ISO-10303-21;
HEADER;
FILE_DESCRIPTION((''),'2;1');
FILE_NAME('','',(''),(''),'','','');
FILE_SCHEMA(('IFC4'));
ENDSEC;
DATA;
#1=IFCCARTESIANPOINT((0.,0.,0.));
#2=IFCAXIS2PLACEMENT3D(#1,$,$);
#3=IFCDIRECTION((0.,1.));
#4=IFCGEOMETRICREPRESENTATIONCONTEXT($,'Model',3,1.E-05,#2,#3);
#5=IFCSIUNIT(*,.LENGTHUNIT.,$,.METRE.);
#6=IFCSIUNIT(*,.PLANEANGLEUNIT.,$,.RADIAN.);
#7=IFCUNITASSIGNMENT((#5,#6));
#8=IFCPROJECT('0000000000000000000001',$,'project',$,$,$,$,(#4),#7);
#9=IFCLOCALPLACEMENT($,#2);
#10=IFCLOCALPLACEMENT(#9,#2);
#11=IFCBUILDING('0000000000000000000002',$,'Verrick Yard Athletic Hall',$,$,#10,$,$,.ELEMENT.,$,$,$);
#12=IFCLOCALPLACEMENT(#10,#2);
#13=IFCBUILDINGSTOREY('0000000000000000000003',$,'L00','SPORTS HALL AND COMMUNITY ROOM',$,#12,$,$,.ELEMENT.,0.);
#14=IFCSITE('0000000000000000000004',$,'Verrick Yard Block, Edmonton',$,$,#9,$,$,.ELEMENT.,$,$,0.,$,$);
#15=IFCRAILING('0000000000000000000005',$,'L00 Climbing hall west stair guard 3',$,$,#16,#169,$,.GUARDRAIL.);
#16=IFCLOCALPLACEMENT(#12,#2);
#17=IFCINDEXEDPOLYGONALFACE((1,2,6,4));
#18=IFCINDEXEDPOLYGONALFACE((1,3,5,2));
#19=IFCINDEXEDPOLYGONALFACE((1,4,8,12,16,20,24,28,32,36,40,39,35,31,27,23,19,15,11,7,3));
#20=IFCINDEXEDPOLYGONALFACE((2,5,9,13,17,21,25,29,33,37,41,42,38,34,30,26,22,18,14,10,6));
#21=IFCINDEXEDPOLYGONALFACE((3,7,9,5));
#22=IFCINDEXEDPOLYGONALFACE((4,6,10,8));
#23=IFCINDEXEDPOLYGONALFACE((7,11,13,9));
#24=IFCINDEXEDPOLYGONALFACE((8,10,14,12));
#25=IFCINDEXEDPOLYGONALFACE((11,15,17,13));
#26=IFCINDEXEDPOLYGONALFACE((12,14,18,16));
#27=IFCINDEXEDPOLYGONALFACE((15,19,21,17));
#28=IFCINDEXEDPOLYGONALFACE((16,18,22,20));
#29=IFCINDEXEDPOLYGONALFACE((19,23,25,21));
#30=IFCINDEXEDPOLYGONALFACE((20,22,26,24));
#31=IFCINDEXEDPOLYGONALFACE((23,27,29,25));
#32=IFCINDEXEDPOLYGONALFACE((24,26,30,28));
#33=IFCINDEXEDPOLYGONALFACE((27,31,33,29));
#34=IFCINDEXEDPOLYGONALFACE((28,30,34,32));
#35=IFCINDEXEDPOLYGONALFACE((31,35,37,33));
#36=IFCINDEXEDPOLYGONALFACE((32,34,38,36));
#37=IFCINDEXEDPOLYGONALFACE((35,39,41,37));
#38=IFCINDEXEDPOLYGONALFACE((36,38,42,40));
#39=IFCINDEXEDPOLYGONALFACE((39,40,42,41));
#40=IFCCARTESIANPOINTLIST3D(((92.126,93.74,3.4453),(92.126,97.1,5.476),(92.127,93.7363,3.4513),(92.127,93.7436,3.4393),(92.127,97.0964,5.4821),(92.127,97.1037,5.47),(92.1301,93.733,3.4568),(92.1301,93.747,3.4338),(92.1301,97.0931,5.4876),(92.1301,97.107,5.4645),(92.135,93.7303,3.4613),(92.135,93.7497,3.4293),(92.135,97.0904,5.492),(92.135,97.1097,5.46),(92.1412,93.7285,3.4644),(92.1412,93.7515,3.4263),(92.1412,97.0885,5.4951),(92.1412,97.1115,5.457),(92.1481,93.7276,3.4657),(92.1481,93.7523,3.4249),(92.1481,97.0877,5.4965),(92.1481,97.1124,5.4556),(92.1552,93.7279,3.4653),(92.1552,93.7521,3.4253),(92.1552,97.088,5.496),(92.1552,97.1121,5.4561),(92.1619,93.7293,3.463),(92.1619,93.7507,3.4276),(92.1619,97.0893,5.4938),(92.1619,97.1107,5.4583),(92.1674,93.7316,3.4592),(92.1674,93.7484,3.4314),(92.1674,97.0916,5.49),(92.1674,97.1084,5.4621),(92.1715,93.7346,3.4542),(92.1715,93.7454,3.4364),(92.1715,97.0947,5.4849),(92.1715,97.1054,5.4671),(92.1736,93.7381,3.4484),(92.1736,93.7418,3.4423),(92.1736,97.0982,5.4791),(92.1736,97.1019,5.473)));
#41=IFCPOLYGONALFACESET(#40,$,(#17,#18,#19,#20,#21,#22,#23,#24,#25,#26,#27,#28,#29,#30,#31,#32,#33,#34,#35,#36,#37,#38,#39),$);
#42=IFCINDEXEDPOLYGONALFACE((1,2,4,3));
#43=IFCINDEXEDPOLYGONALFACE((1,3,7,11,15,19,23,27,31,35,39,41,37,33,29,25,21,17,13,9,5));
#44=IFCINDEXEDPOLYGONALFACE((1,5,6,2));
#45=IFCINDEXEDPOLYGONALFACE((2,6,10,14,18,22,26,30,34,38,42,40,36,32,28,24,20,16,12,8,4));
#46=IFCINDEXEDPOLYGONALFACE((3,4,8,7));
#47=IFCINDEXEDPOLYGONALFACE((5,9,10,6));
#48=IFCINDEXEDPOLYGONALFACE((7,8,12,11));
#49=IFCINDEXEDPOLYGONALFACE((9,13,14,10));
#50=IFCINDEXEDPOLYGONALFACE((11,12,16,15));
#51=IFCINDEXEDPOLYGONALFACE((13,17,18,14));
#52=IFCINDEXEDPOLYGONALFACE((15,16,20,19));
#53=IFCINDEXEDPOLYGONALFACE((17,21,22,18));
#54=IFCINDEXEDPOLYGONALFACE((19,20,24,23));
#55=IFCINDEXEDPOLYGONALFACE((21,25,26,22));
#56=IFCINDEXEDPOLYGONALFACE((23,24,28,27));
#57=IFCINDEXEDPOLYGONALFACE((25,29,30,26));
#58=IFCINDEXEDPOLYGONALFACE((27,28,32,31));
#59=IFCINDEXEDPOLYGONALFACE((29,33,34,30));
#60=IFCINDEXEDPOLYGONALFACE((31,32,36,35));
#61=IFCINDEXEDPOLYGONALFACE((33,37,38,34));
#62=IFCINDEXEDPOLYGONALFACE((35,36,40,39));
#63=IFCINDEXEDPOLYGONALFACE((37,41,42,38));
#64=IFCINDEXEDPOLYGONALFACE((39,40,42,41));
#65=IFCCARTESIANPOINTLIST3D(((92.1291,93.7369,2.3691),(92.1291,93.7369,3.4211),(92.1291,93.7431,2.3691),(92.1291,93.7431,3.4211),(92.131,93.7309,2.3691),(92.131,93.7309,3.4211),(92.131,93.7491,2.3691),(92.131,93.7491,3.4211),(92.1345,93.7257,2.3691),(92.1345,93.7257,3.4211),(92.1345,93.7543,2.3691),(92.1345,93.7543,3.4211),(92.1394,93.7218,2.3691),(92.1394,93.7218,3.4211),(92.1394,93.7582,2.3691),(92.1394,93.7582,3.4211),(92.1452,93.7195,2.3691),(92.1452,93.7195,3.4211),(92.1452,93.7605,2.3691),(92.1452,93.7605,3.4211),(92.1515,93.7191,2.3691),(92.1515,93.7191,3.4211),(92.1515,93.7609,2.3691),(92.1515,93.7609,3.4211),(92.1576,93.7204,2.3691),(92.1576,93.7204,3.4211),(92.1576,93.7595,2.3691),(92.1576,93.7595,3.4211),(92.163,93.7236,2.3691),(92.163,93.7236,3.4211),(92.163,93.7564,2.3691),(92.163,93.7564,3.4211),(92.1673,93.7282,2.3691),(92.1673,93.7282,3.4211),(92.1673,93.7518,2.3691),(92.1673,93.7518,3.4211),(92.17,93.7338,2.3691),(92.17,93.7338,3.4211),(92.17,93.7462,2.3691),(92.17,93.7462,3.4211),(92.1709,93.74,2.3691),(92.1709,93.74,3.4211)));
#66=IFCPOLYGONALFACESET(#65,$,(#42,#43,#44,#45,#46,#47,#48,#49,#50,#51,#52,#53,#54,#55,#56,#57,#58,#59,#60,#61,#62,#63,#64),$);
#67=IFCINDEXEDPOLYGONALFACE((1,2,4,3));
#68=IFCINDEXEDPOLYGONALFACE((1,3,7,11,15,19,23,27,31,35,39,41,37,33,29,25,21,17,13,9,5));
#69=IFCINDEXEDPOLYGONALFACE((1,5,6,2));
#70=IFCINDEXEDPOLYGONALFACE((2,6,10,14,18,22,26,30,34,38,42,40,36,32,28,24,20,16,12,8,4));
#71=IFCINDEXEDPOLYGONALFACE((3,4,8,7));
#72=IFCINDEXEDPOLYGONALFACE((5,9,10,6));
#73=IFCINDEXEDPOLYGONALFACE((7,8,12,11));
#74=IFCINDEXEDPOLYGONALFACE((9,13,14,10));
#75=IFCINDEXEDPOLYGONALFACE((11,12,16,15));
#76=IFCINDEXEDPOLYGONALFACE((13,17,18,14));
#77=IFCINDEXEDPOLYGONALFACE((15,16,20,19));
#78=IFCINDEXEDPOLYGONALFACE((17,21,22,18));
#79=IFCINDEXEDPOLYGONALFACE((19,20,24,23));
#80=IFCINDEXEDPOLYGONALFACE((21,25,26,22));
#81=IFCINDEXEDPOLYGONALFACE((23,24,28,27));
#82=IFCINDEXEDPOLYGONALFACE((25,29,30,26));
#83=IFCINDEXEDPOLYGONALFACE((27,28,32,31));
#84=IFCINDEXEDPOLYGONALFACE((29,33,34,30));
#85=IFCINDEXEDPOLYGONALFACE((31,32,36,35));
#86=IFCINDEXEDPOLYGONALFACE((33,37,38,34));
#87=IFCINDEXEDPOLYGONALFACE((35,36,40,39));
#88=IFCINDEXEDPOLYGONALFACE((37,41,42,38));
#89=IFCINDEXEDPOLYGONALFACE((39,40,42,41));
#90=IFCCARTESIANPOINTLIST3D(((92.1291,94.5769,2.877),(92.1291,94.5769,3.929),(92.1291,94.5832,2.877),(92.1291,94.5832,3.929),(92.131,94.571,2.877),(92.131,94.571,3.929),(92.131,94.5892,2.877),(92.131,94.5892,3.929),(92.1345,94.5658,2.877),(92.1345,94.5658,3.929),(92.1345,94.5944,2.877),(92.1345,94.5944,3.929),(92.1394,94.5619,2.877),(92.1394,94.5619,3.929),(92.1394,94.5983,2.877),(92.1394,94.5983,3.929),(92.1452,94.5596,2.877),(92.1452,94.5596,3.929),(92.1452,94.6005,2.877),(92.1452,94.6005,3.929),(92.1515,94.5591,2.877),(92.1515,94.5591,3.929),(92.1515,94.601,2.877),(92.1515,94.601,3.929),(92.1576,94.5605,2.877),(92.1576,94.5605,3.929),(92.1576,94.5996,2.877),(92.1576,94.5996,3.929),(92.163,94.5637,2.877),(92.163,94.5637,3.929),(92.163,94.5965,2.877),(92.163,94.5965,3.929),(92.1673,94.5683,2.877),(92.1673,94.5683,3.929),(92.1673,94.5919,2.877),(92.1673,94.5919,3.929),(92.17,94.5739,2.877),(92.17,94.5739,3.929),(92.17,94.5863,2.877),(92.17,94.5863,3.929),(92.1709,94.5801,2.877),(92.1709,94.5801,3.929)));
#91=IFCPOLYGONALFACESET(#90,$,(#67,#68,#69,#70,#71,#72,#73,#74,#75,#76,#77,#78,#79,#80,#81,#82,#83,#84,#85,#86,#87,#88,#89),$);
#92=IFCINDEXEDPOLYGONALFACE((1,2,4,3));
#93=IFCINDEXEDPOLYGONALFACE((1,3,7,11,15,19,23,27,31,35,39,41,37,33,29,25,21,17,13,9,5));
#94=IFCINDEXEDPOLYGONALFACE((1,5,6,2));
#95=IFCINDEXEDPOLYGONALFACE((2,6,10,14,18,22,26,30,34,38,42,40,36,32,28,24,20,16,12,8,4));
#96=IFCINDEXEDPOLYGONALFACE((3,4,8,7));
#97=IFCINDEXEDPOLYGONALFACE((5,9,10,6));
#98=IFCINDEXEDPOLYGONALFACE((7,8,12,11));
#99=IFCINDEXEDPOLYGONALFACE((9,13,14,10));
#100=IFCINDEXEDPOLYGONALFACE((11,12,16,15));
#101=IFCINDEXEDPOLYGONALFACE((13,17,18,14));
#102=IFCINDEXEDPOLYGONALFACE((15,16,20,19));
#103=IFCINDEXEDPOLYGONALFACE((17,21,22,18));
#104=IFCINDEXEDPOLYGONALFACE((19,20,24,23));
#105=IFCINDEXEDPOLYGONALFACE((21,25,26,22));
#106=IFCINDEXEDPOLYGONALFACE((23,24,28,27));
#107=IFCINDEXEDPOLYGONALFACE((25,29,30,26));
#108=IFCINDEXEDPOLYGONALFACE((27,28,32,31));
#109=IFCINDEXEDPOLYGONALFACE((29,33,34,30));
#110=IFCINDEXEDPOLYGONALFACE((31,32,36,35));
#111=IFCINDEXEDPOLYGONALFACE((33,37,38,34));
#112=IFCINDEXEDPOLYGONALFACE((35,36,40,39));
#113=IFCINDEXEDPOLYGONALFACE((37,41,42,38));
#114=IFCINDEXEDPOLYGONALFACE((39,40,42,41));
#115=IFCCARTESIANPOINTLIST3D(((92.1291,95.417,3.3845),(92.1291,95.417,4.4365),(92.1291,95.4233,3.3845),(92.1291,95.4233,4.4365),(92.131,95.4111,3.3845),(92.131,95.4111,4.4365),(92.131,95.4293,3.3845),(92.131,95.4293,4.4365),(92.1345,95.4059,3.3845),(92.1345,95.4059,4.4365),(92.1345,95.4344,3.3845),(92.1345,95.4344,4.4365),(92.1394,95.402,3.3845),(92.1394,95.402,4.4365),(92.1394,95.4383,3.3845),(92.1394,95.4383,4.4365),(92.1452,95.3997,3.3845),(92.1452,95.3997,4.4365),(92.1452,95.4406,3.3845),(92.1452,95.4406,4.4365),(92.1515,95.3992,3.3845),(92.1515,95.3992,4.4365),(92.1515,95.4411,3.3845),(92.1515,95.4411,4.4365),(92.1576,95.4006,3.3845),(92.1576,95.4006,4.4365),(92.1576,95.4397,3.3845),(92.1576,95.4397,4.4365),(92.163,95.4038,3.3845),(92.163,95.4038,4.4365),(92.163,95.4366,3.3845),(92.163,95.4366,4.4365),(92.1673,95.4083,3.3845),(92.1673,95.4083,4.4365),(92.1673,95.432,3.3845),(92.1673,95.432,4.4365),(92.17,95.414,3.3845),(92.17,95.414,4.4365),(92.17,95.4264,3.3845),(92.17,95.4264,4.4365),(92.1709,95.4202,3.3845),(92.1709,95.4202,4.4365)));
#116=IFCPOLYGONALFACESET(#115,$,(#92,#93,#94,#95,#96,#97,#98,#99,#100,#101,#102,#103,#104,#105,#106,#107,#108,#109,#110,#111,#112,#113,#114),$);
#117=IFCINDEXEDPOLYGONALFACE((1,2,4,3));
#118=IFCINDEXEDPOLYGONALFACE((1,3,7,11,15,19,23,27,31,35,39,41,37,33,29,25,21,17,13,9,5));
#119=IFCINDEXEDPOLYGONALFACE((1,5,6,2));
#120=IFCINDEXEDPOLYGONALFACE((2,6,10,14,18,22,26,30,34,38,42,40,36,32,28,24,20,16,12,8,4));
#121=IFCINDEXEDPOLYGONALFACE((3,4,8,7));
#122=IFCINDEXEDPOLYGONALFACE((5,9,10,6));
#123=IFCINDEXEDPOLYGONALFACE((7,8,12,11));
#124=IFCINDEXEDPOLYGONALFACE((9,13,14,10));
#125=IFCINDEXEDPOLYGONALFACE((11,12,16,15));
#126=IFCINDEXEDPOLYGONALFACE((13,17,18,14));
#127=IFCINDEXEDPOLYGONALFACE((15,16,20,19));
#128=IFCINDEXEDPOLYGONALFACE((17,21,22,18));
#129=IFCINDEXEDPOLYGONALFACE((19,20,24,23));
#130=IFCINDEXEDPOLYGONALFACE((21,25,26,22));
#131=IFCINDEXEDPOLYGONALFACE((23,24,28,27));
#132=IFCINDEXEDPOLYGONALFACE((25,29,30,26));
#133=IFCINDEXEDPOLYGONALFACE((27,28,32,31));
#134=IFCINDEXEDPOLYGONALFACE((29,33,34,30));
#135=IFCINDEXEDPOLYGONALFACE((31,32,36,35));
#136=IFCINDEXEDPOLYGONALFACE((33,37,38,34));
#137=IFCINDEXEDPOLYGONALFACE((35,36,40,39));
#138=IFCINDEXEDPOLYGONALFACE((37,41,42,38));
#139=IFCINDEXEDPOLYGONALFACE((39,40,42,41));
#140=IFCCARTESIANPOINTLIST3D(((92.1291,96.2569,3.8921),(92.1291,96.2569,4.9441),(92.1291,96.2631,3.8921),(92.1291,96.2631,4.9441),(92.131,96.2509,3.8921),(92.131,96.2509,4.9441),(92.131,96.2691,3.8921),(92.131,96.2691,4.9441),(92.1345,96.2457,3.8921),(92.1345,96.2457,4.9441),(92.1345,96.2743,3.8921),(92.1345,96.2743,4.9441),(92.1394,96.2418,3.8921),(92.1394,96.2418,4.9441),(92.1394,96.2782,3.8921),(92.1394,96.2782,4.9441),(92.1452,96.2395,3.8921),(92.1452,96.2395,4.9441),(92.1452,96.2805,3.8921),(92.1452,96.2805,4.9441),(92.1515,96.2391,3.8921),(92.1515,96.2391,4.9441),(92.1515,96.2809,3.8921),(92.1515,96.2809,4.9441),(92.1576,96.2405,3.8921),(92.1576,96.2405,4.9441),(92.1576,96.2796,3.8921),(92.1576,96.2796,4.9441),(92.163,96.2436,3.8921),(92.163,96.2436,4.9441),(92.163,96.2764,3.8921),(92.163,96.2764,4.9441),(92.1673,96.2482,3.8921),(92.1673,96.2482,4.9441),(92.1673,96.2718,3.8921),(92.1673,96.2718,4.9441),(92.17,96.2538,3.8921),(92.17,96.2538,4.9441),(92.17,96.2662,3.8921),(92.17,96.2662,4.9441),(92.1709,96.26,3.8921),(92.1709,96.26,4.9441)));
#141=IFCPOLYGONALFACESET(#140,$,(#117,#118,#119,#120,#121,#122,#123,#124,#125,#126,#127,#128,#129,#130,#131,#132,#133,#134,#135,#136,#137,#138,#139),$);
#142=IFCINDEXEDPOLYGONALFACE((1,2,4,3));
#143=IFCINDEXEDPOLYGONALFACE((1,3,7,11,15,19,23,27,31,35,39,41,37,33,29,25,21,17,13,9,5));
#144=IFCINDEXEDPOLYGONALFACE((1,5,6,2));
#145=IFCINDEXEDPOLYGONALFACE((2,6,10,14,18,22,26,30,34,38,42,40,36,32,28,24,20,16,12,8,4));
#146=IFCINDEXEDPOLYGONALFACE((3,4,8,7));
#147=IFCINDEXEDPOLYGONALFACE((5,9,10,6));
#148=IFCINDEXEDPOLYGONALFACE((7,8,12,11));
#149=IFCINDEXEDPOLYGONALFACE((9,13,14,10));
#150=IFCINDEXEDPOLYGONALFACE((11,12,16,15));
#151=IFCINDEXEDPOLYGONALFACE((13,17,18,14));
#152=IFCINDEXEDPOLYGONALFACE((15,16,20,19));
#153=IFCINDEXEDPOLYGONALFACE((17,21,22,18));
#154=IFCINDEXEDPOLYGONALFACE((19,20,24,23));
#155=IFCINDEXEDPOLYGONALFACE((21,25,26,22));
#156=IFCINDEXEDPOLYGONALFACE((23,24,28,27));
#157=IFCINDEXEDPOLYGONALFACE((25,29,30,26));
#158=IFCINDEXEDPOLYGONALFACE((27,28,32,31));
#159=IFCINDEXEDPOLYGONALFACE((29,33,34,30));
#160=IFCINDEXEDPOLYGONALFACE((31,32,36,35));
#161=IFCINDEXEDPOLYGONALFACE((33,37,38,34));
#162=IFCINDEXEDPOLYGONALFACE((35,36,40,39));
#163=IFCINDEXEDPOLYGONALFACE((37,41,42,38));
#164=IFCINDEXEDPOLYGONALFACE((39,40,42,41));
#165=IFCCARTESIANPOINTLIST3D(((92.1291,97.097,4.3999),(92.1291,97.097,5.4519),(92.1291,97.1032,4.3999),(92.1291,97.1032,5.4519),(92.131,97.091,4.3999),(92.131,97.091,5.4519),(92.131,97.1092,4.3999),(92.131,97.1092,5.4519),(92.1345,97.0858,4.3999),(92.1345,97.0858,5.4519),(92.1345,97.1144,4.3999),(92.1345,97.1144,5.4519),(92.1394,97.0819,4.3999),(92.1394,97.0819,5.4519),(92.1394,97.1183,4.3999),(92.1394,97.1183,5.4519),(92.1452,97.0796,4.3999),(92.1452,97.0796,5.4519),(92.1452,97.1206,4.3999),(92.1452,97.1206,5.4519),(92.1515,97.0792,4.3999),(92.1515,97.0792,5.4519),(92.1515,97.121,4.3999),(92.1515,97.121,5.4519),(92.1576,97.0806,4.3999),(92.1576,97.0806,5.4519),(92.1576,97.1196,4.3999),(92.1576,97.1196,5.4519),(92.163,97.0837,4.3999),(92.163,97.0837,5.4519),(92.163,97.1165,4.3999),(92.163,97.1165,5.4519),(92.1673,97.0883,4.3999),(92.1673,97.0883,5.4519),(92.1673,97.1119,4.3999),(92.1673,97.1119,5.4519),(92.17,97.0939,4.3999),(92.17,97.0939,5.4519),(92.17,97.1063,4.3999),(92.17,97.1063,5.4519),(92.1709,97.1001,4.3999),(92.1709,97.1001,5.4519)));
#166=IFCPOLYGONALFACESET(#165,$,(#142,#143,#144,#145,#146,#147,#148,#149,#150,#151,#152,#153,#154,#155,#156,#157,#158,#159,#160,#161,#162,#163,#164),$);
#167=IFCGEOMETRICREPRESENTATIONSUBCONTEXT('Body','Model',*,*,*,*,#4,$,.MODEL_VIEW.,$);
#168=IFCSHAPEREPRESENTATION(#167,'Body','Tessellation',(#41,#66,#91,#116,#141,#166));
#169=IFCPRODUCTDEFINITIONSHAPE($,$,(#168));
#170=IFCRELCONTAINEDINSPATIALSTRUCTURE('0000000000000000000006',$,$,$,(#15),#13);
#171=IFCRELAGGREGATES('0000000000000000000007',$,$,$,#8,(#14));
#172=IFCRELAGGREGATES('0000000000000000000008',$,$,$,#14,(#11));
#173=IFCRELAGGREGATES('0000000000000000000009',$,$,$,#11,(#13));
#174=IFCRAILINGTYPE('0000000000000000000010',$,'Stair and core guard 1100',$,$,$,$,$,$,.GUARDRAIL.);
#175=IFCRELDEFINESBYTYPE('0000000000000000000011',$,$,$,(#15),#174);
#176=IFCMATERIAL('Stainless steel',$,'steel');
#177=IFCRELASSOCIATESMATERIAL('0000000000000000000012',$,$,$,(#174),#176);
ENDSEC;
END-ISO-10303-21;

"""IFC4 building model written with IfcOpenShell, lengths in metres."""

from ifc_helpers import new_model, si_unit, direction, frame, origin, origin_2d, place, context, subcontext, project, spatial, circle, extrude, material, type_object, element, save


model = new_model("IFC4")

# Units and contexts
model_context = context("Model", 3, precision=1e-05, world=origin(), true_north=direction((0.0, 1.0)))
body_context = subcontext(model_context, "Body", "Model", "MODEL_VIEW")
ifc_project = project(units=[si_unit("LENGTHUNIT", "METRE"), si_unit("PLANEANGLEUNIT", "RADIAN")], contexts=[model_context])

# Site, building, storey
site_placement = place(None, origin())
site = spatial("IfcSite", under=ifc_project, at=site_placement, Name="Verrick Yard Block, Edmonton", CompositionType="ELEMENT", RefElevation=0.0)
building_placement = place(site_placement, origin())
building = spatial("IfcBuilding", under=site, at=building_placement, Name="Verrick Yard Athletic Hall", CompositionType="ELEMENT")
storey_placement = place(building_placement, origin())
storey = spatial("IfcBuildingStorey", under=building, at=storey_placement, Name="L00", Description="SPORTS HALL AND COMMUNITY ROOM", CompositionType="ELEMENT", Elevation=0.0)

# Railing
ifc_material_1 = material(Name="Stainless steel", Category="steel")
railing_type_1 = type_object("IfcRailingType", Name="Stair and core guard 1100", PredefinedType="GUARDRAIL", material=ifc_material_1)
railing_1_placement = place(storey_placement, frame((92.1499, 93.74, 2.3691)))
element("IfcRailing", 1, at=railing_1_placement, inside=storey, type_object=railing_type_1, Name="L00 Climbing hall west stair guard 3", PredefinedType="GUARDRAIL", context=body_context, shape_type="SweptSolid", body=[
    extrude(circle(Radius=0.0239, at=origin_2d()), frame((0.0, 0.0, 1.0762), z_axis=(0.0, 0.855837, 0.517246), x_axis=(-1.0, 0.0, 0.0)), (0.0, 0.0, 1.0), 3.926),
    extrude(circle(Radius=0.021, at=origin_2d()), origin(), (0.0, 0.0, 1.0), 1.052),
    extrude(circle(Radius=0.021, at=origin_2d()), frame((0.0, 0.8401, 0.5078)), (0.0, 0.0, 1.0), 1.052),
    extrude(circle(Radius=0.021, at=origin_2d()), frame((0.0, 1.6802, 1.0154)), (0.0, 0.0, 1.0), 1.052),
    extrude(circle(Radius=0.021, at=origin_2d()), frame((0.0, 2.52, 1.5229)), (0.0, 0.0, 1.0), 1.052),
    extrude(circle(Radius=0.021, at=origin_2d()), frame((0.0, 3.3601, 2.0308)), (0.0, 0.0, 1.0), 1.052),
])

save(model, "model.ifc")
